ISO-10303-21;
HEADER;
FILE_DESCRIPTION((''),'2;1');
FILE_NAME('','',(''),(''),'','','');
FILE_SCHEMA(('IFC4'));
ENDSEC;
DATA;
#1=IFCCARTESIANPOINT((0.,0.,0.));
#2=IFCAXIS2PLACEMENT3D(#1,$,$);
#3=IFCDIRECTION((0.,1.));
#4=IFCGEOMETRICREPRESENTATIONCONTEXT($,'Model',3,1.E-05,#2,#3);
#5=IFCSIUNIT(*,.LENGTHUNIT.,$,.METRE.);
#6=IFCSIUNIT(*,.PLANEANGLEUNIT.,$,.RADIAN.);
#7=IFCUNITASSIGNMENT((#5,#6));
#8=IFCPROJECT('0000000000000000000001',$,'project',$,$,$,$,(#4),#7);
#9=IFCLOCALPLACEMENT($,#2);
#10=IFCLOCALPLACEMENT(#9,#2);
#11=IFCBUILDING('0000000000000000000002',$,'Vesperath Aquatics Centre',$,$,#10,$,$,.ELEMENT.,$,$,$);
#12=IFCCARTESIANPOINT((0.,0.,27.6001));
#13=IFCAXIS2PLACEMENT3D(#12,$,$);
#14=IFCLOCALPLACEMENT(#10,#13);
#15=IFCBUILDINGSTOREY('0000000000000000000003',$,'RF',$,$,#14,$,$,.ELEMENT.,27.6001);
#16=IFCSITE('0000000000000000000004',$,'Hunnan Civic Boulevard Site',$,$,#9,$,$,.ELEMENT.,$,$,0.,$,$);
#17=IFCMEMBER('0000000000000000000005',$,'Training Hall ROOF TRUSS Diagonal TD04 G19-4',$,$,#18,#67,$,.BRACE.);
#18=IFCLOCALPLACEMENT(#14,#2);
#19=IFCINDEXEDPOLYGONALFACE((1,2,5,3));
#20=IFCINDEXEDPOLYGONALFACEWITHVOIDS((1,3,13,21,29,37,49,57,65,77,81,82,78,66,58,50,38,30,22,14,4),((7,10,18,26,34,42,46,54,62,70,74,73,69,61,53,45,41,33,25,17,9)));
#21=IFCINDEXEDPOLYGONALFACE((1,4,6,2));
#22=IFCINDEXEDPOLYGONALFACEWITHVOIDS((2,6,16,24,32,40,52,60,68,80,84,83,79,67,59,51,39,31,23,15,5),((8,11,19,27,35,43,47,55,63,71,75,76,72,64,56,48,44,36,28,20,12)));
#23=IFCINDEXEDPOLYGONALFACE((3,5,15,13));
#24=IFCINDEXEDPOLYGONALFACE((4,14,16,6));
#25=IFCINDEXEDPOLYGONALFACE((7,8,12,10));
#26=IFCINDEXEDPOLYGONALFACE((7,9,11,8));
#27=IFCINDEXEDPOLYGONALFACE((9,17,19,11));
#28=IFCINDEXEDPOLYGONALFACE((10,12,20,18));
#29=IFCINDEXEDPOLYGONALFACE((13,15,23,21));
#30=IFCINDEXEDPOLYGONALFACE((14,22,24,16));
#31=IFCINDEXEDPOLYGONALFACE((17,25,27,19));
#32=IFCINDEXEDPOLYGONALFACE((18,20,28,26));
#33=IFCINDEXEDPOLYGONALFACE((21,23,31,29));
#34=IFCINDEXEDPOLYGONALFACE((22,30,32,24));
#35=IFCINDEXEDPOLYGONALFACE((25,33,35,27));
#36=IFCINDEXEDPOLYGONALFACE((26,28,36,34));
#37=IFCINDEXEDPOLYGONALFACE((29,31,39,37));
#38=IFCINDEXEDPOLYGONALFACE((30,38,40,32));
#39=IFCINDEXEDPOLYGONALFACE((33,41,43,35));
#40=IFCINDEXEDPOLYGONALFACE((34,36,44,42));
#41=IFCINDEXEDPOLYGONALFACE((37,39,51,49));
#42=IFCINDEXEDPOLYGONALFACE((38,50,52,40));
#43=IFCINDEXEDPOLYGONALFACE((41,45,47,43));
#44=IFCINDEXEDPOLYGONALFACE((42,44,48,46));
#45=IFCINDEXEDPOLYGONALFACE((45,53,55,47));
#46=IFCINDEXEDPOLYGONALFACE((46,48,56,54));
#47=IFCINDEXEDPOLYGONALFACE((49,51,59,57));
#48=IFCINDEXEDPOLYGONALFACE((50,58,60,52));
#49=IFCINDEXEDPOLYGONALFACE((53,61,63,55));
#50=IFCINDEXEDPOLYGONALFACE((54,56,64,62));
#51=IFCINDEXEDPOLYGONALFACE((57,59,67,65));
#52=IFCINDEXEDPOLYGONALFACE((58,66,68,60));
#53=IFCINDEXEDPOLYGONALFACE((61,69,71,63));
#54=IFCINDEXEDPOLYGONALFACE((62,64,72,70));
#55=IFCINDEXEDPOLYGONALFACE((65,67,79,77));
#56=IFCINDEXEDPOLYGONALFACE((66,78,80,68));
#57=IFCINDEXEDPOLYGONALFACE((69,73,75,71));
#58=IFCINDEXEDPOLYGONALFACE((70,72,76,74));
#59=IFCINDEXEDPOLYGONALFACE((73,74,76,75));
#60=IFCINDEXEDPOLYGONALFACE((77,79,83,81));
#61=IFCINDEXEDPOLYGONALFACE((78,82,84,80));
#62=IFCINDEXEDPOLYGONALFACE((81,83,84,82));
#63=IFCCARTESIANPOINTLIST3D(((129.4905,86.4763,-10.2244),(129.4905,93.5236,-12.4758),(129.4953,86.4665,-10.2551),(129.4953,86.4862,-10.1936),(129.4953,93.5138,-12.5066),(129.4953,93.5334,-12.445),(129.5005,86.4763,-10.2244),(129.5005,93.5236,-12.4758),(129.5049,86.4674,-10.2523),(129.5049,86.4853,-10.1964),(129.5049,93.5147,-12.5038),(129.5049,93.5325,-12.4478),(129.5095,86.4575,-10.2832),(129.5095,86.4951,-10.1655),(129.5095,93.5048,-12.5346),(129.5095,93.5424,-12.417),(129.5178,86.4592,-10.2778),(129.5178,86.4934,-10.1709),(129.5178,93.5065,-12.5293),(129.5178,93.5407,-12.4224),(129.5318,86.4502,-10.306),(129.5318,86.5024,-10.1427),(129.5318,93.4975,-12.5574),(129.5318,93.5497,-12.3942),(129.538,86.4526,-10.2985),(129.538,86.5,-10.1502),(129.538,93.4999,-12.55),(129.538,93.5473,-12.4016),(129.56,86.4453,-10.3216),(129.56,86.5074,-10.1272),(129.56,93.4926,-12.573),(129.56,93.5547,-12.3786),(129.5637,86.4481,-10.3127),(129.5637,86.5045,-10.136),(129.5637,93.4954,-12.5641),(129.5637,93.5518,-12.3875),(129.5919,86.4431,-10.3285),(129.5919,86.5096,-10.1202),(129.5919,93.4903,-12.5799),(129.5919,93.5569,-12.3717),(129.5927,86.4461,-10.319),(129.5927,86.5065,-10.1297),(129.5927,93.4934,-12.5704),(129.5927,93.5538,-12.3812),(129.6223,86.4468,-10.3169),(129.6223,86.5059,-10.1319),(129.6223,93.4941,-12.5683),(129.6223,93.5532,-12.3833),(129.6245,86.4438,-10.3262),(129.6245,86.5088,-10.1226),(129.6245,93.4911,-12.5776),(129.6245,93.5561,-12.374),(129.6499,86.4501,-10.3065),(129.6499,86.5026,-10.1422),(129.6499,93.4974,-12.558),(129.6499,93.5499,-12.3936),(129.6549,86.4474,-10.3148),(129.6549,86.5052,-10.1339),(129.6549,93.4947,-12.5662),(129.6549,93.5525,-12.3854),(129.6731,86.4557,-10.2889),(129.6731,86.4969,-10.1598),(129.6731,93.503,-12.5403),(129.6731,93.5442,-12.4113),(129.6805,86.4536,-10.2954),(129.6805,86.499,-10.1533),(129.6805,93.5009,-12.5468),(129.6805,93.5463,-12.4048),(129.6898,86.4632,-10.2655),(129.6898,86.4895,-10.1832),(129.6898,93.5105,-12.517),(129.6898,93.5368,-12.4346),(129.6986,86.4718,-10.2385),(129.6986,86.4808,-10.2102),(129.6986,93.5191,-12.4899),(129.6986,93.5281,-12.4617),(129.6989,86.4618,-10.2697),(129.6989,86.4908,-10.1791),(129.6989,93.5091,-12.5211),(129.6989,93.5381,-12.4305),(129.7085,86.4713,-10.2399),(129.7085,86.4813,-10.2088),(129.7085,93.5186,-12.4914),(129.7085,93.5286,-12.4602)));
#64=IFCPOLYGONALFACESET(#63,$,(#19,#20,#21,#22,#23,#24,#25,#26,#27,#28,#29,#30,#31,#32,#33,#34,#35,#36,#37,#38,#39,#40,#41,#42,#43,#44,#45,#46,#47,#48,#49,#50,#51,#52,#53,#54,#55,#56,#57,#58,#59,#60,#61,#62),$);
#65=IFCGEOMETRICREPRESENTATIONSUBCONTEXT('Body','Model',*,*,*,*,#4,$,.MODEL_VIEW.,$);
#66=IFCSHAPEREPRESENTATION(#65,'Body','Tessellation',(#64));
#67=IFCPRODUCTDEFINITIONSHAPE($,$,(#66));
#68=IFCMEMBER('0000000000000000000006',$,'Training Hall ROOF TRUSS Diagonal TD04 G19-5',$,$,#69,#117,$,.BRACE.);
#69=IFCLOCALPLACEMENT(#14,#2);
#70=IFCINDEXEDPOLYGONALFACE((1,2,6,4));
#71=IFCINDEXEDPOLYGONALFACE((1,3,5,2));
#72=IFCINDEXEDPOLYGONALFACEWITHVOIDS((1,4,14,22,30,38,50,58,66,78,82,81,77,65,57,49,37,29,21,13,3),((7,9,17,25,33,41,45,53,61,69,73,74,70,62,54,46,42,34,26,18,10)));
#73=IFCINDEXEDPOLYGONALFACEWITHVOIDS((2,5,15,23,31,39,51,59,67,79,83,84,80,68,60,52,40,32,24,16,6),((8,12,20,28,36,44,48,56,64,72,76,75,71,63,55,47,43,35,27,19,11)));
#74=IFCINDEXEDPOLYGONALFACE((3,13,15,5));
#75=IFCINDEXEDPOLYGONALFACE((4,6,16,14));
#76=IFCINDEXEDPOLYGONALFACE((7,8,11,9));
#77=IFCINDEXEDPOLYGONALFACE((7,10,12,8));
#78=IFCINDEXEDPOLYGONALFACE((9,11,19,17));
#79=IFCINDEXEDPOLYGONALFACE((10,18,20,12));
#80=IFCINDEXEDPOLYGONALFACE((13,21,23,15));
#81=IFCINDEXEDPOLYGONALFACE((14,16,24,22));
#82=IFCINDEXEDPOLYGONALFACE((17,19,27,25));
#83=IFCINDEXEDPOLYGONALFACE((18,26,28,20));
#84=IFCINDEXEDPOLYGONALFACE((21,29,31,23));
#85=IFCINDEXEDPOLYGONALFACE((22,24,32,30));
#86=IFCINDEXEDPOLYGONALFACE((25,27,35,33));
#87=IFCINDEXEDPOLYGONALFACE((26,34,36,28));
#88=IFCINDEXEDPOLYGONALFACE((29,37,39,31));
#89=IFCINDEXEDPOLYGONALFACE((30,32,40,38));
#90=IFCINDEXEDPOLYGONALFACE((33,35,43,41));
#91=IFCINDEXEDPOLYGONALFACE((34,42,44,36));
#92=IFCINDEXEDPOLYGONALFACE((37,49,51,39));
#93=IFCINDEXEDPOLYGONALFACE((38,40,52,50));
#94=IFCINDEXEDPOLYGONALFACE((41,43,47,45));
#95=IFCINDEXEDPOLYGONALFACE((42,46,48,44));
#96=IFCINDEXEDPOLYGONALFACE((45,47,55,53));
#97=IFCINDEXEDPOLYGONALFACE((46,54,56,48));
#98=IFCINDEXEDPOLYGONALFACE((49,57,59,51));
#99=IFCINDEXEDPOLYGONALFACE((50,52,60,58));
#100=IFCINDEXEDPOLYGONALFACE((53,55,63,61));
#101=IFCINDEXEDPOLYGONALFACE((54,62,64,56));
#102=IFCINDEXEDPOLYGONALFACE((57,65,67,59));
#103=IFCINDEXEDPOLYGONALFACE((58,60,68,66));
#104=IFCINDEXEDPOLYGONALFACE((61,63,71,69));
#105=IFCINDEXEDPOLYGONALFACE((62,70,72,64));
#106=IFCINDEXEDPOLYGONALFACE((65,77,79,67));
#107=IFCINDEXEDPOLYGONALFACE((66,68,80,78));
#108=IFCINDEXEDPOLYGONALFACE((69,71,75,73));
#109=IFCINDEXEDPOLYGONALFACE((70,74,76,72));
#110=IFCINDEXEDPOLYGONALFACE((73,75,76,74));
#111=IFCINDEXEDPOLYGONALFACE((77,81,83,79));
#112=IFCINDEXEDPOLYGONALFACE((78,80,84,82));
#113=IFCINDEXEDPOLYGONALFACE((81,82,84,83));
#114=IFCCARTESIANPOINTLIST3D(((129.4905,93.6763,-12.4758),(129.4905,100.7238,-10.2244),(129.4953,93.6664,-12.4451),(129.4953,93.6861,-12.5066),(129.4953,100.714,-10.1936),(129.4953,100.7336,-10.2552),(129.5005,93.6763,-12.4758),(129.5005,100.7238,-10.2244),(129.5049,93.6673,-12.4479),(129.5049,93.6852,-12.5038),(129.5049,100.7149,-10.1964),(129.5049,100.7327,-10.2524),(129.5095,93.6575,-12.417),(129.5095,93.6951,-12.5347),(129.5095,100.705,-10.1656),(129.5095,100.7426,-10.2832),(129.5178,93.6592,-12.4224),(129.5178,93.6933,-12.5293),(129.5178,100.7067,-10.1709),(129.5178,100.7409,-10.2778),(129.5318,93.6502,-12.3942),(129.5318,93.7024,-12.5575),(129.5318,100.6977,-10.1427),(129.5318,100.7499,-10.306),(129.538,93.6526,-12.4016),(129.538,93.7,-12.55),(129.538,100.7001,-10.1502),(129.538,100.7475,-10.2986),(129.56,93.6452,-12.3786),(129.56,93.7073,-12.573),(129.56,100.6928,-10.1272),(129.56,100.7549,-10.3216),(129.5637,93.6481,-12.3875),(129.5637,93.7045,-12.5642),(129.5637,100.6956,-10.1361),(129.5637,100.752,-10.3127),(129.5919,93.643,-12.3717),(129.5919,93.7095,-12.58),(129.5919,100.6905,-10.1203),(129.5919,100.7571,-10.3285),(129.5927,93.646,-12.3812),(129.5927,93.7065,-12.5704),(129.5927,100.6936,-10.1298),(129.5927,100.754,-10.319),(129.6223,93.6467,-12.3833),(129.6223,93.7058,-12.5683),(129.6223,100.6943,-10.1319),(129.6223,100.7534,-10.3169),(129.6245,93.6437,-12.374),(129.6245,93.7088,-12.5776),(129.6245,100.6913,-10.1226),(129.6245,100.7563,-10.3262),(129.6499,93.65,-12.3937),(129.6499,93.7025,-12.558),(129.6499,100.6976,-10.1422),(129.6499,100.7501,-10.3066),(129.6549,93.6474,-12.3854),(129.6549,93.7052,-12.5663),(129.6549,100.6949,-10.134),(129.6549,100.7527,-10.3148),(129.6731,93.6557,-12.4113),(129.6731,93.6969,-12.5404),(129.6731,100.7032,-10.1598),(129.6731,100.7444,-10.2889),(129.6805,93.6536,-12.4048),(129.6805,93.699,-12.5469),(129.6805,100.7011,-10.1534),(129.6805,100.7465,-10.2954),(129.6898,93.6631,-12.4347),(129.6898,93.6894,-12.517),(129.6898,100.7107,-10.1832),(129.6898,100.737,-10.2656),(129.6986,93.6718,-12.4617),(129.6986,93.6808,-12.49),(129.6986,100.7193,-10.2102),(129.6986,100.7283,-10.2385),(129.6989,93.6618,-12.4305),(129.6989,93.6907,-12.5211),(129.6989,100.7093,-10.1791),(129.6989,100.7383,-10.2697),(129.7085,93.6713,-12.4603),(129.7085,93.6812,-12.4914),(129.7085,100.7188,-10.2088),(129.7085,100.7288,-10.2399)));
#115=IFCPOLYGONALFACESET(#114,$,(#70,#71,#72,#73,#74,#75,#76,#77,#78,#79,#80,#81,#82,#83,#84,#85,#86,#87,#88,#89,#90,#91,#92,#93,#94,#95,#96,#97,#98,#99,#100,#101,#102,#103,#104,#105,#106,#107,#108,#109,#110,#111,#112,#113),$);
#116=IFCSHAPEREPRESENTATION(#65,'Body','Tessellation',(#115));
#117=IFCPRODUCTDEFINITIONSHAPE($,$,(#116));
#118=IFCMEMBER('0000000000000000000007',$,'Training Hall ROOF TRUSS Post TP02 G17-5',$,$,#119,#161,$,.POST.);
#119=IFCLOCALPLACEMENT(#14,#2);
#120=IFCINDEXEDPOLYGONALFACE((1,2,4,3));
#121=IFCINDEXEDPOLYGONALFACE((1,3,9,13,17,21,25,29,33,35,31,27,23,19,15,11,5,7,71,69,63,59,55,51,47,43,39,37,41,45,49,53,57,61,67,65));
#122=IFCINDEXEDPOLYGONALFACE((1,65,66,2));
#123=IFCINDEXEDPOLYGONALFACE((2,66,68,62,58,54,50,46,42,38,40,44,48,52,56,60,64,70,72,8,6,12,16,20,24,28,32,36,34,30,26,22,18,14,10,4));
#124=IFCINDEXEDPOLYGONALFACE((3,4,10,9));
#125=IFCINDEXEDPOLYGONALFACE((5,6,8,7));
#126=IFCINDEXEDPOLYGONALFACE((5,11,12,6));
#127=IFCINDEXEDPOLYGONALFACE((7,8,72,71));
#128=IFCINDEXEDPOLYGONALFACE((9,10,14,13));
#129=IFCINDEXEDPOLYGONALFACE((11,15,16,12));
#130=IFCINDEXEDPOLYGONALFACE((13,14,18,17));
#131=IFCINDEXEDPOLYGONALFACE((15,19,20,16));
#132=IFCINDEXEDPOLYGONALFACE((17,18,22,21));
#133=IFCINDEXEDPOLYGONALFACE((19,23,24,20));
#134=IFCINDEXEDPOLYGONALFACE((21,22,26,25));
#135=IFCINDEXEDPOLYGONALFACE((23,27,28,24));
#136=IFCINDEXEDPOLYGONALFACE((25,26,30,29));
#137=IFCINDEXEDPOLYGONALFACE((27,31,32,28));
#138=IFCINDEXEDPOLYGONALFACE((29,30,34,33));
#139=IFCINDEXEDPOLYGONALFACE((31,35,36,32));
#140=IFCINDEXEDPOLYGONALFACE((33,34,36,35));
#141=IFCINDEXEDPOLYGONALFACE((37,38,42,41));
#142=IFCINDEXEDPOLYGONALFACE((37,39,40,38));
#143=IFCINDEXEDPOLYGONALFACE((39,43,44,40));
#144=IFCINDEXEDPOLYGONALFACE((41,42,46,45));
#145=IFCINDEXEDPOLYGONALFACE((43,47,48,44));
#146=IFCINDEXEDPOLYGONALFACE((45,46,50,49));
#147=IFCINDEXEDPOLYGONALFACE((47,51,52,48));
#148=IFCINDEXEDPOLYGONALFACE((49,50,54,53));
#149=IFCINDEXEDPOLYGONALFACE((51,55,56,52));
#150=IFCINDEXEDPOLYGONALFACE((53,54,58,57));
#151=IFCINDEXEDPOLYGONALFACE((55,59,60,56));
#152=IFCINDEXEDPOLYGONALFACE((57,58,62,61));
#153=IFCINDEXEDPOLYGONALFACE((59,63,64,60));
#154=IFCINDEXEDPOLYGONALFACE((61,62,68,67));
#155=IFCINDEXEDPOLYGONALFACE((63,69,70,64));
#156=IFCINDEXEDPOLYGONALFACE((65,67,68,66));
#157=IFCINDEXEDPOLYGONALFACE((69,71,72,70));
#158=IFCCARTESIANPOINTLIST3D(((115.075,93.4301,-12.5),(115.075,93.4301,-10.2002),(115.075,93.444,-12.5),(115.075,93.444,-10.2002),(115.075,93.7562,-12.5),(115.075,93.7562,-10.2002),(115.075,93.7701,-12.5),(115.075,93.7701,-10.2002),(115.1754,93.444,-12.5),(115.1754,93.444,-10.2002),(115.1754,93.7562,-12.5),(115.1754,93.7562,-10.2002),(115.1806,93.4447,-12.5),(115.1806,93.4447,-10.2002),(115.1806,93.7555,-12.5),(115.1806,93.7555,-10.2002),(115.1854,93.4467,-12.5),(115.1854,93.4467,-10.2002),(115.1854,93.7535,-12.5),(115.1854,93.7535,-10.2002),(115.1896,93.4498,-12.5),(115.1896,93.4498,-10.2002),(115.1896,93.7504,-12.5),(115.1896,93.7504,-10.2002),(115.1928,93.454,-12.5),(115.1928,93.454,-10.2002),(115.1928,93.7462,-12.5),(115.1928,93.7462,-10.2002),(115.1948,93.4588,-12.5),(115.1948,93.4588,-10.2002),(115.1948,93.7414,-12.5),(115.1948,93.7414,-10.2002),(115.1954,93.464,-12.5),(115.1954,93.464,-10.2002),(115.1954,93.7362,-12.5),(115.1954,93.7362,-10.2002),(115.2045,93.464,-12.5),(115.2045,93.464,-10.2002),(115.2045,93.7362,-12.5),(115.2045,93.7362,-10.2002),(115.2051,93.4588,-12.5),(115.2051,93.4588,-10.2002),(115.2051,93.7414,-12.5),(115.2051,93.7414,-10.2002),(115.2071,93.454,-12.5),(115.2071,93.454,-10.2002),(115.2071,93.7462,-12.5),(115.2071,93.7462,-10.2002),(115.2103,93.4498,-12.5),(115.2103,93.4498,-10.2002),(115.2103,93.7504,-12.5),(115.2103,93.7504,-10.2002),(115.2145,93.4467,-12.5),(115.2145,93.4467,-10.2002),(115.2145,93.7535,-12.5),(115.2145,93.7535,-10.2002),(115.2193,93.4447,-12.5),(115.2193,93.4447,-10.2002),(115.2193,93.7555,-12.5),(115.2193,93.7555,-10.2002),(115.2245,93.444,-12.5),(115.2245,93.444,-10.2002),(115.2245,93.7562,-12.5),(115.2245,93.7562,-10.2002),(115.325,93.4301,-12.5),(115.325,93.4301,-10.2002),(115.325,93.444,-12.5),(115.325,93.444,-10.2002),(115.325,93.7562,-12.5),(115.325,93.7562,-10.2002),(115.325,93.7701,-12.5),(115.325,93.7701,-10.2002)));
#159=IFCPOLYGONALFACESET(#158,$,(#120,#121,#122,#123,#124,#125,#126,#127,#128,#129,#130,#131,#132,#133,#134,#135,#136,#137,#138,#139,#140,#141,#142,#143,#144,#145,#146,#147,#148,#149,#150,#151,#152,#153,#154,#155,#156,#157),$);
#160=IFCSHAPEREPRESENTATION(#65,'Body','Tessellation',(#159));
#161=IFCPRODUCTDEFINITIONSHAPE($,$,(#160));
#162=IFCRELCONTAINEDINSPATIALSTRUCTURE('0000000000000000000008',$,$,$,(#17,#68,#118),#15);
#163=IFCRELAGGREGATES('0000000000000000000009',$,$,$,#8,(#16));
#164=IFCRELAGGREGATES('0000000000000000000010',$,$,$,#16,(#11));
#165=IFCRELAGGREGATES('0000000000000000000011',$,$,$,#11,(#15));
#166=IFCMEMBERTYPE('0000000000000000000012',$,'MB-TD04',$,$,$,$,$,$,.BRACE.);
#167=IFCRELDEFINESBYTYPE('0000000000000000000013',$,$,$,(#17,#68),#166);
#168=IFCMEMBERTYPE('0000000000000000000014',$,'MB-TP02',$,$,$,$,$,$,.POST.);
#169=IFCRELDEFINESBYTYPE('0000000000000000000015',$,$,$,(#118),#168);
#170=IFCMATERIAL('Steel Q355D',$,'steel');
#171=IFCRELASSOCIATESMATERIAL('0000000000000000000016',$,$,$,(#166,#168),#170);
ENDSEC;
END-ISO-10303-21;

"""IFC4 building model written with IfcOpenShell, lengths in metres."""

from ifc_helpers import new_model, si_unit, direction, frame, origin, origin_2d, place, context, subcontext, project, spatial, hollow_circle, i_section, extrude, material, material_profile, profile_set, type_object, element, save


model = new_model("IFC4")

# Units and contexts
model_context = context("Model", 3, precision=1e-05, world=origin(), true_north=direction((0.0, 1.0)))
body_context = subcontext(model_context, "Body", "Model", "MODEL_VIEW")
ifc_project = project(units=[si_unit("LENGTHUNIT", "METRE"), si_unit("PLANEANGLEUNIT", "RADIAN")], contexts=[model_context])

# Site, building, storey
site_placement = place(None, origin())
site = spatial("IfcSite", under=ifc_project, at=site_placement, Name="Hunnan Civic Boulevard Site", CompositionType="ELEMENT", RefElevation=0.0)
building_placement = place(site_placement, origin())
building = spatial("IfcBuilding", under=site, at=building_placement, Name="Vesperath Aquatics Centre", CompositionType="ELEMENT")
storey_placement = place(building_placement, frame((0.0, 0.0, 27.6001)))
storey = spatial("IfcBuildingStorey", under=building, at=storey_placement, Name="RF", CompositionType="ELEMENT", Elevation=27.6001)

# Members
ifc_material_1 = material(Name="Steel Q355D", Category="steel")
ifc_material_profile_1 = material_profile(ifc_material_1, hollow_circle(Radius=0.1096, WallThickness=0.01, at=origin_2d()), Name="CHS 219.1x10")
ifc_profile_set_1 = profile_set([ifc_material_profile_1], Name="Steel Q355D")
member_type_1 = type_object("IfcMemberType", Name="MB-TD04", PredefinedType="BRACE", material=ifc_profile_set_1)
member_1_placement = place(storey_placement, frame((129.6001, 86.4763, -10.2244), z_axis=(0.0, 0.952569, -0.304323), x_axis=(-1.0, 0.0, 0.0)))
element("IfcMember", 1, at=member_1_placement, inside=storey, type_object=member_type_1, Name="Training Hall ROOF TRUSS Diagonal TD04 G19-4", PredefinedType="BRACE", context=body_context, shape_type="SweptSolid", body=[
    extrude(hollow_circle(Radius=0.1096, WallThickness=0.01, at=origin_2d()), origin(), (0.0, 0.0, 1.0), 7.3982),
])
member_2_placement = place(storey_placement, frame((129.6001, 93.6763, -12.4758), z_axis=(0.0, 0.952572, 0.304314), x_axis=(-1.0, 0.0, 0.0)))
element("IfcMember", 2, at=member_2_placement, inside=storey, type_object=member_type_1, Name="Training Hall ROOF TRUSS Diagonal TD04 G19-5", PredefinedType="BRACE", context=body_context, shape_type="SweptSolid", body=[
    extrude(hollow_circle(Radius=0.1096, WallThickness=0.01, at=origin_2d()), origin(), (0.0, 0.0, 1.0), 7.3984),
])
ifc_material_profile_2 = material_profile(ifc_material_1, i_section(OverallWidth=0.25, OverallDepth=0.3401, WebThickness=0.009, FlangeThickness=0.0139, FilletRadius=0.02, at=origin_2d()), Name="HM 340x250x9x14")
ifc_profile_set_2 = profile_set([ifc_material_profile_2], Name="Steel Q355D")
member_type_2 = type_object("IfcMemberType", Name="MB-TP02", PredefinedType="POST", material=ifc_profile_set_2)
for number, where, z_axis, x_axis, name in (
    (3, (115.2, 93.6001, -12.5), (0.0, 0.0, 1.0), (1.0, 0.0, 0.0), "Training Hall ROOF TRUSS Post TP02 G17-5"),
):
    element("IfcMember", number, at=place(storey_placement, frame(where, z_axis=z_axis, x_axis=x_axis)), inside=storey, type_object=member_type_2, Name=name, PredefinedType="POST", context=body_context, shape_type="SweptSolid", body=[
        extrude(i_section(OverallWidth=0.25, OverallDepth=0.3401, WebThickness=0.009, FlangeThickness=0.0139, FilletRadius=0.02, at=origin_2d()), origin(), (0.0, 0.0, 1.0), 2.2998),
    ])

save(model, "model.ifc")
